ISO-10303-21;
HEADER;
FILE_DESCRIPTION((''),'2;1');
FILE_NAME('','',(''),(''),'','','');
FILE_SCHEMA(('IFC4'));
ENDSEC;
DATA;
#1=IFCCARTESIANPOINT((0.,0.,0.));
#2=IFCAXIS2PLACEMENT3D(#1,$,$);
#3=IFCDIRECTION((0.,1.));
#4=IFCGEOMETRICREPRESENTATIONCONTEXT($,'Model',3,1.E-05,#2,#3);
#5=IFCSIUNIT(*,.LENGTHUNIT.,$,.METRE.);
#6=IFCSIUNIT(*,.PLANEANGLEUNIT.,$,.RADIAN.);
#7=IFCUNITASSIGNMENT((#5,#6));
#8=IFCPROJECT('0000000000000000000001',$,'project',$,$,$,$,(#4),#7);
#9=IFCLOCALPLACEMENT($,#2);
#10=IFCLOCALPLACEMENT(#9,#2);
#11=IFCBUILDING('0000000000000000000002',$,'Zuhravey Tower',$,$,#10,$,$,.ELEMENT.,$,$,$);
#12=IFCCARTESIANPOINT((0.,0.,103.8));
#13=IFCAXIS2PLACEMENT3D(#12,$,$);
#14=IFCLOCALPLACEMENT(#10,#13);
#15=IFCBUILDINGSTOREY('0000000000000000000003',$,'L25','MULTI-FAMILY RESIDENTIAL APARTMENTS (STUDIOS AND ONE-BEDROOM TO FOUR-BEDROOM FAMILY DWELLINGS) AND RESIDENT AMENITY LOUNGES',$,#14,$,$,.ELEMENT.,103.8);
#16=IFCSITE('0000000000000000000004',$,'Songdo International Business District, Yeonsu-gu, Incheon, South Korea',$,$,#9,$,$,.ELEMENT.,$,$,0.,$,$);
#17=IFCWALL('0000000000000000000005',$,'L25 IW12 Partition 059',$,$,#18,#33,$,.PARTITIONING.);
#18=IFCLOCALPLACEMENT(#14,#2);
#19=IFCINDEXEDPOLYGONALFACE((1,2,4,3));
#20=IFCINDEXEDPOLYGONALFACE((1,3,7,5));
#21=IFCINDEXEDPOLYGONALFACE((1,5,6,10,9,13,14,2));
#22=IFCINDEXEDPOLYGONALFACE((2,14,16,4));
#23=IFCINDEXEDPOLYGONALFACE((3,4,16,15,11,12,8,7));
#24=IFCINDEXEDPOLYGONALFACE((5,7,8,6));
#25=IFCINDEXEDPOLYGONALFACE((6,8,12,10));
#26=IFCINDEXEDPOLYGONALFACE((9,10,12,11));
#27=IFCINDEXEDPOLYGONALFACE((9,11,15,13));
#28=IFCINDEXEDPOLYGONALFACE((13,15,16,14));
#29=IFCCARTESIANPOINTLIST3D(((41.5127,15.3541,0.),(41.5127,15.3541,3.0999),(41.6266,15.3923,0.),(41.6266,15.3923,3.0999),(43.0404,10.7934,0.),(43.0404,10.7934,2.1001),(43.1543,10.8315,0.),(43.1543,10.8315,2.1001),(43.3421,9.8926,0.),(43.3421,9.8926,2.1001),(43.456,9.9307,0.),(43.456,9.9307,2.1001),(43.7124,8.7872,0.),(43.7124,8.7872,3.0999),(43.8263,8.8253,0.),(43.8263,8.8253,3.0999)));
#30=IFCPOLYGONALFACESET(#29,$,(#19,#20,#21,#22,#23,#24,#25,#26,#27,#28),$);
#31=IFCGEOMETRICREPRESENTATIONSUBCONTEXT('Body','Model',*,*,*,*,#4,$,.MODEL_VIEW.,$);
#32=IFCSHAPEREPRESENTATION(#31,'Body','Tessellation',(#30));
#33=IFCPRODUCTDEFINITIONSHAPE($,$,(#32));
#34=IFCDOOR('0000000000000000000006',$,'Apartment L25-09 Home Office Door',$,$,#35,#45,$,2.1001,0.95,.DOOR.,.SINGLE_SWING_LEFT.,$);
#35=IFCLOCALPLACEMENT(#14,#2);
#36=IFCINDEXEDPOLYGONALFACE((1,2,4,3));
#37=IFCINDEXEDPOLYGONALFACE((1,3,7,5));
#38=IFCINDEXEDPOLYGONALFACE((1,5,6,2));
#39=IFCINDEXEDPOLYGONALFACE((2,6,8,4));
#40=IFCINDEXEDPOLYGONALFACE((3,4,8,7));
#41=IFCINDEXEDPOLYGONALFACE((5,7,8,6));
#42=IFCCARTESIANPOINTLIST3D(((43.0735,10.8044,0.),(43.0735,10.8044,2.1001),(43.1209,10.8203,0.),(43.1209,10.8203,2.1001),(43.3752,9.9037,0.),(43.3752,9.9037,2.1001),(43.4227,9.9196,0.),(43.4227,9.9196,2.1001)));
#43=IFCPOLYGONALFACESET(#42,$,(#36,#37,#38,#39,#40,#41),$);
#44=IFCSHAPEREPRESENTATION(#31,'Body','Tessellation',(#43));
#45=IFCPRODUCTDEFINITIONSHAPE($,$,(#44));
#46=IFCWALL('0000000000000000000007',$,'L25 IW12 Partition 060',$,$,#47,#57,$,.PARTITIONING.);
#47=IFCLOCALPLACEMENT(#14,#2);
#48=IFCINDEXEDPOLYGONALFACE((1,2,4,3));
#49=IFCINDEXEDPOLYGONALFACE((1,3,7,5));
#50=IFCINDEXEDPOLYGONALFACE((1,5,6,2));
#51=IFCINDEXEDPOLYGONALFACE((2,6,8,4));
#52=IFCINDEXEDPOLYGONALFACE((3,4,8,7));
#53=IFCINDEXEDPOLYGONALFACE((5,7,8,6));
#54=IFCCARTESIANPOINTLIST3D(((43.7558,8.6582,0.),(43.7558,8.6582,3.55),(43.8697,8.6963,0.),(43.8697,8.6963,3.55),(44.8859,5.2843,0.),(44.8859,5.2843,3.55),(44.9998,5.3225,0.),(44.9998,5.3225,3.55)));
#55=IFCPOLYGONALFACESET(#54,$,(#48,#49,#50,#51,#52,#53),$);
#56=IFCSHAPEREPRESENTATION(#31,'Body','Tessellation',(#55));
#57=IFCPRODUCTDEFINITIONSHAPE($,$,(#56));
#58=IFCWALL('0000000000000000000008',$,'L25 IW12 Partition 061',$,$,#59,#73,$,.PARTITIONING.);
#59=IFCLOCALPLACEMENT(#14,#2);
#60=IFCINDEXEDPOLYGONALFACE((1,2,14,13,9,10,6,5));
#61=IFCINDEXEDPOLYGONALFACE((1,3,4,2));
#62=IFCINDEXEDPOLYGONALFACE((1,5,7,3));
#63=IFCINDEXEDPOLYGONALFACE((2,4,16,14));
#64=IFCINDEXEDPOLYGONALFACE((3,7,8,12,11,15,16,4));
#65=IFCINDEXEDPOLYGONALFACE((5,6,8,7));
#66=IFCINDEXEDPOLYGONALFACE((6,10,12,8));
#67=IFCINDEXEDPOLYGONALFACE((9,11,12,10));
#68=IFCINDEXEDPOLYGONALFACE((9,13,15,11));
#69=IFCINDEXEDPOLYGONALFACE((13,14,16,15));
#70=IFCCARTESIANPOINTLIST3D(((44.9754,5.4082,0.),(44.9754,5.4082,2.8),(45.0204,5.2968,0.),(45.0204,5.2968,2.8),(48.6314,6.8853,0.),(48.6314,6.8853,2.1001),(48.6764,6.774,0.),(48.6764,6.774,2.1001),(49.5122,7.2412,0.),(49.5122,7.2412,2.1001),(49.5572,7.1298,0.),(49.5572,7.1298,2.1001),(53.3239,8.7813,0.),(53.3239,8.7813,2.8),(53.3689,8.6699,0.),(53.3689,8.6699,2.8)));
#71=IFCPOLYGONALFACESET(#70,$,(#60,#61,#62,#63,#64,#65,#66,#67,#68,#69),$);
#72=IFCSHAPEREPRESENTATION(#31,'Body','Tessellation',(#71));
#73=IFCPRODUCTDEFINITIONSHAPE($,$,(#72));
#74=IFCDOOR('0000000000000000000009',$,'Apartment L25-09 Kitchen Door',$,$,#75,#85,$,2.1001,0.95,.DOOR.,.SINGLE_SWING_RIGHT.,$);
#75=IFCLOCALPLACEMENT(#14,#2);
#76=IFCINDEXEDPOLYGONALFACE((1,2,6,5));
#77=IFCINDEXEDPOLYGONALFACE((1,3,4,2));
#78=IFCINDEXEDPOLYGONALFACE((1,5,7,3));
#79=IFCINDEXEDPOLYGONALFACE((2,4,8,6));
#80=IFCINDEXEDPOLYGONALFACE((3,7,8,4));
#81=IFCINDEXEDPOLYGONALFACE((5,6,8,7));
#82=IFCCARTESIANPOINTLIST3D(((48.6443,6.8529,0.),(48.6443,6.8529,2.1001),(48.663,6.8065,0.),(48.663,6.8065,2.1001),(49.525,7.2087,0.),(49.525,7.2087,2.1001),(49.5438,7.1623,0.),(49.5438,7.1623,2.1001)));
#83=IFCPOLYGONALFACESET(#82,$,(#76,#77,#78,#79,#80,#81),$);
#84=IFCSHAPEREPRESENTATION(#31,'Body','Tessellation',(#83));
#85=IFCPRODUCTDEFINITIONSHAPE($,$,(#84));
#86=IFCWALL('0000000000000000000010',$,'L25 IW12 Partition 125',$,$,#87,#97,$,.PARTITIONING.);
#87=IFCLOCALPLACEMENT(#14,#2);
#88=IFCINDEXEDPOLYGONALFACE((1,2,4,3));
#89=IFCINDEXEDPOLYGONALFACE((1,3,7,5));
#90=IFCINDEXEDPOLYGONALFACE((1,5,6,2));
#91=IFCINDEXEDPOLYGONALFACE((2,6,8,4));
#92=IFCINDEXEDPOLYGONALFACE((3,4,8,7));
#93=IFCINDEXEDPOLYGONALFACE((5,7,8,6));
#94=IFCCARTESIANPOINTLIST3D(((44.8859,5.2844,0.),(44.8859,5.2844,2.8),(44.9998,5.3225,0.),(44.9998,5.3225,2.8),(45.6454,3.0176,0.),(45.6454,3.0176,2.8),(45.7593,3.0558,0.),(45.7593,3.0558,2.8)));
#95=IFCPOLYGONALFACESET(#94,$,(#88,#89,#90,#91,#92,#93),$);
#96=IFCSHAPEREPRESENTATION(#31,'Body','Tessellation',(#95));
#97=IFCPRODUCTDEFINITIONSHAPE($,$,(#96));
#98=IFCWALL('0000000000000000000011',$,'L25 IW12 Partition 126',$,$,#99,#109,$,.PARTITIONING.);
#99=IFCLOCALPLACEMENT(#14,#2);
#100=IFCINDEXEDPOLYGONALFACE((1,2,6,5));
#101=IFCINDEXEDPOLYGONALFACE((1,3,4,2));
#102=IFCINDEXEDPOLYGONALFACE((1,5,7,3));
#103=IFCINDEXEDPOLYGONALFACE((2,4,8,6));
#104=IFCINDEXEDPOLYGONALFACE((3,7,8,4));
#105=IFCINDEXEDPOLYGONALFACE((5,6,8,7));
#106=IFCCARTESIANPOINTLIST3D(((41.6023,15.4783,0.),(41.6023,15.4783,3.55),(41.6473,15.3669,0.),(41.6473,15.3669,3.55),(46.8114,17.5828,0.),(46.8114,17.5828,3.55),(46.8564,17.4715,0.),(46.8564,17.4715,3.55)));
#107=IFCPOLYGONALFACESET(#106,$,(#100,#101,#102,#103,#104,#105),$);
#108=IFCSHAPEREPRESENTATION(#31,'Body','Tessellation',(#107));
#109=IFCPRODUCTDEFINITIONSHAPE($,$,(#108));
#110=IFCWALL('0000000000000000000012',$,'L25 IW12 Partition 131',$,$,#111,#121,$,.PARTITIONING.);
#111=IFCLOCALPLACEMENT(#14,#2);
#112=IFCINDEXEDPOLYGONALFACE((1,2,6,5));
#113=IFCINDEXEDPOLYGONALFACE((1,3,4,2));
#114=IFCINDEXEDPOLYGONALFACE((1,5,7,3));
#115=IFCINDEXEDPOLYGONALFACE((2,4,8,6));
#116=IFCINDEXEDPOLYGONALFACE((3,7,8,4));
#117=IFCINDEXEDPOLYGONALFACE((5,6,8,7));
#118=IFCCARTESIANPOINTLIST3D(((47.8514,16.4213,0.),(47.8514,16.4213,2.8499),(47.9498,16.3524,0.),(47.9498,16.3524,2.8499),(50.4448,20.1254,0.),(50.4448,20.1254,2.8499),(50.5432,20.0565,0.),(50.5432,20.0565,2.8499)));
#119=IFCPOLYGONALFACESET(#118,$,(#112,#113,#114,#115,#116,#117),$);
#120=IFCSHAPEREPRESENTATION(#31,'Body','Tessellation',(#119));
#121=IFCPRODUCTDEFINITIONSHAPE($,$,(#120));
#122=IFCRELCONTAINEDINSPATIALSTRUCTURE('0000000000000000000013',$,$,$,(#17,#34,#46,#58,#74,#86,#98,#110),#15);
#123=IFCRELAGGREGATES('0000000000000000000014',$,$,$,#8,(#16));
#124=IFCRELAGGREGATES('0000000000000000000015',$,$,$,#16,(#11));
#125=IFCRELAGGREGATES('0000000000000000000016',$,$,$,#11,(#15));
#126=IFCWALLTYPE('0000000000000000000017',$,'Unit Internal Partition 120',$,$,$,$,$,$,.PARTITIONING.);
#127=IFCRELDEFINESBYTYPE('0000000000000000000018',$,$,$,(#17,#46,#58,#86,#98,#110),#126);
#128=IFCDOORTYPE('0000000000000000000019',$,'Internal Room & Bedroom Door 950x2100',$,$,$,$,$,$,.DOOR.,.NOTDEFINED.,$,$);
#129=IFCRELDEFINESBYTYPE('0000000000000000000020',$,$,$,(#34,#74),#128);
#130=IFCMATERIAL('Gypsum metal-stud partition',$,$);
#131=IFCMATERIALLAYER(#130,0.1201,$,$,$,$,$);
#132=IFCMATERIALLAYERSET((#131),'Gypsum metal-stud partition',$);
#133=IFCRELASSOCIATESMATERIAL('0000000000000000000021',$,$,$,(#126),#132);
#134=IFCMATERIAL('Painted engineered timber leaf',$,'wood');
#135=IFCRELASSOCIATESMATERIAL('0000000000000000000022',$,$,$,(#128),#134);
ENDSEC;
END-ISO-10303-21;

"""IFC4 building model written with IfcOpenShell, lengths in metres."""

from ifc_helpers import new_model, si_unit, direction, frame, frame_2d, origin, place, context, subcontext, project, spatial, rectangle, extrude, material, layer, layer_set, type_object, element, fill, save


model = new_model("IFC4")

# Units and contexts
model_context = context("Model", 3, precision=1e-05, world=origin(), true_north=direction((0.0, 1.0)))
body_context = subcontext(model_context, "Body", "Model", "MODEL_VIEW")
ifc_project = project(units=[si_unit("LENGTHUNIT", "METRE"), si_unit("PLANEANGLEUNIT", "RADIAN")], contexts=[model_context])

# Site, building, storey
site_placement = place(None, origin())
site = spatial("IfcSite", under=ifc_project, at=site_placement, Name="Songdo International Business District, Yeonsu-gu, Incheon, South Korea", CompositionType="ELEMENT", RefElevation=0.0)
building_placement = place(site_placement, origin())
building = spatial("IfcBuilding", under=site, at=building_placement, Name="Zuhravey Tower", CompositionType="ELEMENT")
storey_placement = place(building_placement, frame((0.0, 0.0, 103.8)))
storey = spatial("IfcBuildingStorey", under=building, at=storey_placement, Name="L25", Description="MULTI-FAMILY RESIDENTIAL APARTMENTS (STUDIOS AND ONE-BEDROOM TO FOUR-BEDROOM FAMILY DWELLINGS) AND RESIDENT AMENITY LOUNGES", CompositionType="ELEMENT", Elevation=103.8)

# Wall, opening, door
ifc_material_1 = material(Name="Gypsum metal-stud partition")
ifc_layer_1 = layer(ifc_material_1, 0.1201)
ifc_layer_set_1 = layer_set([ifc_layer_1], Name="Gypsum metal-stud partition")
wall_type_1 = type_object("IfcWallType", Name="Unit Internal Partition 120", PredefinedType="PARTITIONING", material=ifc_layer_set_1)
ifc_material_2 = material(Name="Painted engineered timber leaf", Category="wood")
door_type_1 = type_object("IfcDoorType", Name="Internal Room & Bedroom Door 950x2100", OperationType="NOTDEFINED", PredefinedType="DOOR", material=ifc_material_2)
wall_1_placement = place(storey_placement, frame((41.5696, 15.3733, 0.0), z_axis=(0.0, 0.0, 1.0), x_axis=(0.317623, -0.948217, 0.0)))
wall_1 = element("IfcWall", 1, at=wall_1_placement, inside=storey, type_object=wall_type_1, Name="L25 IW12 Partition 059", PredefinedType="PARTITIONING", context=body_context, shape_type="SweptSolid", body=[
    extrude(rectangle(XDim=6.9255, YDim=0.1201, at=frame_2d((3.4629, 0.0))), origin(), (0.0, 0.0, 1.0), 3.0999),
])
opening_1_placement = place(wall_1_placement, frame((4.8098, 0.0, 0.0)))
opening_1 = element("IfcOpeningElement", 2, at=opening_1_placement, cuts=wall_1, PredefinedType="OPENING", context=body_context, shape_type="SweptSolid", body=[
    extrude(rectangle(XDim=0.95, YDim=2.1001, at=frame_2d((0.4751, 1.05))), frame((0.0, 0.072, 0.0), z_axis=(0.0, -1.0, 0.0), x_axis=(1.0, 0.0, 0.0)), (0.0, 0.0, 1.0), 0.144),
])
door_1_placement = place(opening_1_placement, origin())
door_1 = element("IfcDoor", 3, at=door_1_placement, inside=storey, type_object=door_type_1, Name="Apartment L25-09 Home Office Door", OperationType="SINGLE_SWING_LEFT", OverallHeight=2.1001, OverallWidth=0.95, PredefinedType="DOOR", context=body_context, shape_type="SweptSolid", body=[
    extrude(rectangle(XDim=0.95, YDim=2.1001, at=frame_2d((0.4751, 1.05))), frame((0.0, 0.0249, 0.0), z_axis=(0.0, -1.0, 0.0), x_axis=(1.0, 0.0, 0.0)), (0.0, 0.0, 1.0), 0.05),
])
fill(opening_1, door_1)

# Wall
wall_2_placement = place(storey_placement, frame((43.8127, 8.6772, 0.0), z_axis=(0.0, 0.0, 1.0), x_axis=(0.317627, -0.948216, 0.0)))
element("IfcWall", 4, at=wall_2_placement, inside=storey, type_object=wall_type_1, Name="L25 IW12 Partition 060", PredefinedType="PARTITIONING", context=body_context, shape_type="SweptSolid", body=[
    extrude(rectangle(XDim=3.5581, YDim=0.1201, at=frame_2d((1.7791, 0.0))), origin(), (0.0, 0.0, 1.0), 3.55),
])

# Wall, opening, door
wall_3_placement = place(storey_placement, frame((44.998, 5.3525, 0.0), z_axis=(0.0, 0.0, 1.0), x_axis=(0.927181, 0.374614, 0.0)))
wall_3 = element("IfcWall", 5, at=wall_3_placement, inside=storey, type_object=wall_type_1, Name="L25 IW12 Partition 061", PredefinedType="PARTITIONING", context=body_context, shape_type="SweptSolid", body=[
    extrude(rectangle(XDim=9.0042, YDim=0.1201, at=frame_2d((4.502, 0.0))), origin(), (0.0, 0.0, 1.0), 2.8),
])
opening_2_placement = place(wall_3_placement, frame((3.9429, 0.0, 0.0)))
opening_2 = element("IfcOpeningElement", 6, at=opening_2_placement, cuts=wall_3, PredefinedType="OPENING", context=body_context, shape_type="SweptSolid", body=[
    extrude(rectangle(XDim=0.95, YDim=2.1001, at=frame_2d((0.4751, 1.05))), frame((0.0, 0.072, 0.0), z_axis=(0.0, -1.0, 0.0), x_axis=(1.0, 0.0, 0.0)), (0.0, 0.0, 1.0), 0.144),
])
door_2_placement = place(opening_2_placement, frame((0.95, 0.0, 0.0), z_axis=(0.0, 0.0, 1.0), x_axis=(-1.0, 0.0, 0.0)))
door_2 = element("IfcDoor", 7, at=door_2_placement, inside=storey, type_object=door_type_1, Name="Apartment L25-09 Kitchen Door", OperationType="SINGLE_SWING_RIGHT", OverallHeight=2.1001, OverallWidth=0.95, PredefinedType="DOOR", context=body_context, shape_type="SweptSolid", body=[
    extrude(rectangle(XDim=0.95, YDim=2.1001, at=frame_2d((0.4751, 1.05))), frame((0.0, 0.0249, 0.0), z_axis=(0.0, -1.0, 0.0), x_axis=(1.0, 0.0, 0.0)), (0.0, 0.0, 1.0), 0.05),
])
fill(opening_2, door_2)

# Walls
wall_4_placement = place(storey_placement, frame((44.9429, 5.3035, 0.0), z_axis=(0.0, 0.0, 1.0), x_axis=(0.317698, -0.948192, 0.0)))
element("IfcWall", 8, at=wall_4_placement, inside=storey, type_object=wall_type_1, Name="L25 IW12 Partition 125", PredefinedType="PARTITIONING", context=body_context, shape_type="SweptSolid", body=[
    extrude(rectangle(XDim=2.3906, YDim=0.1201, at=frame_2d((1.1953, 0.0))), origin(), (0.0, 0.0, 1.0), 2.8),
])
wall_5_placement = place(storey_placement, frame((41.6248, 15.4226, 0.0), z_axis=(0.0, 0.0, 1.0), x_axis=(0.927188, 0.374595, 0.0)))
element("IfcWall", 9, at=wall_5_placement, inside=storey, type_object=wall_type_1, Name="L25 IW12 Partition 126", PredefinedType="PARTITIONING", context=body_context, shape_type="SweptSolid", body=[
    extrude(rectangle(XDim=5.6182, YDim=0.1201, at=frame_2d((2.8091, 0.0))), origin(), (0.0, 0.0, 1.0), 3.55),
])
wall_6_placement = place(storey_placement, frame((47.9006, 16.387, 0.0), z_axis=(0.0, 0.0, 1.0), x_axis=(0.573557, 0.819166, 0.0)))
element("IfcWall", 10, at=wall_6_placement, inside=storey, type_object=wall_type_1, Name="L25 IW12 Partition 131", PredefinedType="PARTITIONING", context=body_context, shape_type="SweptSolid", body=[
    extrude(rectangle(XDim=4.5217, YDim=0.1201, at=frame_2d((2.2607, 0.0))), origin(), (0.0, 0.0, 1.0), 2.8499),
])

save(model, "model.ifc")
